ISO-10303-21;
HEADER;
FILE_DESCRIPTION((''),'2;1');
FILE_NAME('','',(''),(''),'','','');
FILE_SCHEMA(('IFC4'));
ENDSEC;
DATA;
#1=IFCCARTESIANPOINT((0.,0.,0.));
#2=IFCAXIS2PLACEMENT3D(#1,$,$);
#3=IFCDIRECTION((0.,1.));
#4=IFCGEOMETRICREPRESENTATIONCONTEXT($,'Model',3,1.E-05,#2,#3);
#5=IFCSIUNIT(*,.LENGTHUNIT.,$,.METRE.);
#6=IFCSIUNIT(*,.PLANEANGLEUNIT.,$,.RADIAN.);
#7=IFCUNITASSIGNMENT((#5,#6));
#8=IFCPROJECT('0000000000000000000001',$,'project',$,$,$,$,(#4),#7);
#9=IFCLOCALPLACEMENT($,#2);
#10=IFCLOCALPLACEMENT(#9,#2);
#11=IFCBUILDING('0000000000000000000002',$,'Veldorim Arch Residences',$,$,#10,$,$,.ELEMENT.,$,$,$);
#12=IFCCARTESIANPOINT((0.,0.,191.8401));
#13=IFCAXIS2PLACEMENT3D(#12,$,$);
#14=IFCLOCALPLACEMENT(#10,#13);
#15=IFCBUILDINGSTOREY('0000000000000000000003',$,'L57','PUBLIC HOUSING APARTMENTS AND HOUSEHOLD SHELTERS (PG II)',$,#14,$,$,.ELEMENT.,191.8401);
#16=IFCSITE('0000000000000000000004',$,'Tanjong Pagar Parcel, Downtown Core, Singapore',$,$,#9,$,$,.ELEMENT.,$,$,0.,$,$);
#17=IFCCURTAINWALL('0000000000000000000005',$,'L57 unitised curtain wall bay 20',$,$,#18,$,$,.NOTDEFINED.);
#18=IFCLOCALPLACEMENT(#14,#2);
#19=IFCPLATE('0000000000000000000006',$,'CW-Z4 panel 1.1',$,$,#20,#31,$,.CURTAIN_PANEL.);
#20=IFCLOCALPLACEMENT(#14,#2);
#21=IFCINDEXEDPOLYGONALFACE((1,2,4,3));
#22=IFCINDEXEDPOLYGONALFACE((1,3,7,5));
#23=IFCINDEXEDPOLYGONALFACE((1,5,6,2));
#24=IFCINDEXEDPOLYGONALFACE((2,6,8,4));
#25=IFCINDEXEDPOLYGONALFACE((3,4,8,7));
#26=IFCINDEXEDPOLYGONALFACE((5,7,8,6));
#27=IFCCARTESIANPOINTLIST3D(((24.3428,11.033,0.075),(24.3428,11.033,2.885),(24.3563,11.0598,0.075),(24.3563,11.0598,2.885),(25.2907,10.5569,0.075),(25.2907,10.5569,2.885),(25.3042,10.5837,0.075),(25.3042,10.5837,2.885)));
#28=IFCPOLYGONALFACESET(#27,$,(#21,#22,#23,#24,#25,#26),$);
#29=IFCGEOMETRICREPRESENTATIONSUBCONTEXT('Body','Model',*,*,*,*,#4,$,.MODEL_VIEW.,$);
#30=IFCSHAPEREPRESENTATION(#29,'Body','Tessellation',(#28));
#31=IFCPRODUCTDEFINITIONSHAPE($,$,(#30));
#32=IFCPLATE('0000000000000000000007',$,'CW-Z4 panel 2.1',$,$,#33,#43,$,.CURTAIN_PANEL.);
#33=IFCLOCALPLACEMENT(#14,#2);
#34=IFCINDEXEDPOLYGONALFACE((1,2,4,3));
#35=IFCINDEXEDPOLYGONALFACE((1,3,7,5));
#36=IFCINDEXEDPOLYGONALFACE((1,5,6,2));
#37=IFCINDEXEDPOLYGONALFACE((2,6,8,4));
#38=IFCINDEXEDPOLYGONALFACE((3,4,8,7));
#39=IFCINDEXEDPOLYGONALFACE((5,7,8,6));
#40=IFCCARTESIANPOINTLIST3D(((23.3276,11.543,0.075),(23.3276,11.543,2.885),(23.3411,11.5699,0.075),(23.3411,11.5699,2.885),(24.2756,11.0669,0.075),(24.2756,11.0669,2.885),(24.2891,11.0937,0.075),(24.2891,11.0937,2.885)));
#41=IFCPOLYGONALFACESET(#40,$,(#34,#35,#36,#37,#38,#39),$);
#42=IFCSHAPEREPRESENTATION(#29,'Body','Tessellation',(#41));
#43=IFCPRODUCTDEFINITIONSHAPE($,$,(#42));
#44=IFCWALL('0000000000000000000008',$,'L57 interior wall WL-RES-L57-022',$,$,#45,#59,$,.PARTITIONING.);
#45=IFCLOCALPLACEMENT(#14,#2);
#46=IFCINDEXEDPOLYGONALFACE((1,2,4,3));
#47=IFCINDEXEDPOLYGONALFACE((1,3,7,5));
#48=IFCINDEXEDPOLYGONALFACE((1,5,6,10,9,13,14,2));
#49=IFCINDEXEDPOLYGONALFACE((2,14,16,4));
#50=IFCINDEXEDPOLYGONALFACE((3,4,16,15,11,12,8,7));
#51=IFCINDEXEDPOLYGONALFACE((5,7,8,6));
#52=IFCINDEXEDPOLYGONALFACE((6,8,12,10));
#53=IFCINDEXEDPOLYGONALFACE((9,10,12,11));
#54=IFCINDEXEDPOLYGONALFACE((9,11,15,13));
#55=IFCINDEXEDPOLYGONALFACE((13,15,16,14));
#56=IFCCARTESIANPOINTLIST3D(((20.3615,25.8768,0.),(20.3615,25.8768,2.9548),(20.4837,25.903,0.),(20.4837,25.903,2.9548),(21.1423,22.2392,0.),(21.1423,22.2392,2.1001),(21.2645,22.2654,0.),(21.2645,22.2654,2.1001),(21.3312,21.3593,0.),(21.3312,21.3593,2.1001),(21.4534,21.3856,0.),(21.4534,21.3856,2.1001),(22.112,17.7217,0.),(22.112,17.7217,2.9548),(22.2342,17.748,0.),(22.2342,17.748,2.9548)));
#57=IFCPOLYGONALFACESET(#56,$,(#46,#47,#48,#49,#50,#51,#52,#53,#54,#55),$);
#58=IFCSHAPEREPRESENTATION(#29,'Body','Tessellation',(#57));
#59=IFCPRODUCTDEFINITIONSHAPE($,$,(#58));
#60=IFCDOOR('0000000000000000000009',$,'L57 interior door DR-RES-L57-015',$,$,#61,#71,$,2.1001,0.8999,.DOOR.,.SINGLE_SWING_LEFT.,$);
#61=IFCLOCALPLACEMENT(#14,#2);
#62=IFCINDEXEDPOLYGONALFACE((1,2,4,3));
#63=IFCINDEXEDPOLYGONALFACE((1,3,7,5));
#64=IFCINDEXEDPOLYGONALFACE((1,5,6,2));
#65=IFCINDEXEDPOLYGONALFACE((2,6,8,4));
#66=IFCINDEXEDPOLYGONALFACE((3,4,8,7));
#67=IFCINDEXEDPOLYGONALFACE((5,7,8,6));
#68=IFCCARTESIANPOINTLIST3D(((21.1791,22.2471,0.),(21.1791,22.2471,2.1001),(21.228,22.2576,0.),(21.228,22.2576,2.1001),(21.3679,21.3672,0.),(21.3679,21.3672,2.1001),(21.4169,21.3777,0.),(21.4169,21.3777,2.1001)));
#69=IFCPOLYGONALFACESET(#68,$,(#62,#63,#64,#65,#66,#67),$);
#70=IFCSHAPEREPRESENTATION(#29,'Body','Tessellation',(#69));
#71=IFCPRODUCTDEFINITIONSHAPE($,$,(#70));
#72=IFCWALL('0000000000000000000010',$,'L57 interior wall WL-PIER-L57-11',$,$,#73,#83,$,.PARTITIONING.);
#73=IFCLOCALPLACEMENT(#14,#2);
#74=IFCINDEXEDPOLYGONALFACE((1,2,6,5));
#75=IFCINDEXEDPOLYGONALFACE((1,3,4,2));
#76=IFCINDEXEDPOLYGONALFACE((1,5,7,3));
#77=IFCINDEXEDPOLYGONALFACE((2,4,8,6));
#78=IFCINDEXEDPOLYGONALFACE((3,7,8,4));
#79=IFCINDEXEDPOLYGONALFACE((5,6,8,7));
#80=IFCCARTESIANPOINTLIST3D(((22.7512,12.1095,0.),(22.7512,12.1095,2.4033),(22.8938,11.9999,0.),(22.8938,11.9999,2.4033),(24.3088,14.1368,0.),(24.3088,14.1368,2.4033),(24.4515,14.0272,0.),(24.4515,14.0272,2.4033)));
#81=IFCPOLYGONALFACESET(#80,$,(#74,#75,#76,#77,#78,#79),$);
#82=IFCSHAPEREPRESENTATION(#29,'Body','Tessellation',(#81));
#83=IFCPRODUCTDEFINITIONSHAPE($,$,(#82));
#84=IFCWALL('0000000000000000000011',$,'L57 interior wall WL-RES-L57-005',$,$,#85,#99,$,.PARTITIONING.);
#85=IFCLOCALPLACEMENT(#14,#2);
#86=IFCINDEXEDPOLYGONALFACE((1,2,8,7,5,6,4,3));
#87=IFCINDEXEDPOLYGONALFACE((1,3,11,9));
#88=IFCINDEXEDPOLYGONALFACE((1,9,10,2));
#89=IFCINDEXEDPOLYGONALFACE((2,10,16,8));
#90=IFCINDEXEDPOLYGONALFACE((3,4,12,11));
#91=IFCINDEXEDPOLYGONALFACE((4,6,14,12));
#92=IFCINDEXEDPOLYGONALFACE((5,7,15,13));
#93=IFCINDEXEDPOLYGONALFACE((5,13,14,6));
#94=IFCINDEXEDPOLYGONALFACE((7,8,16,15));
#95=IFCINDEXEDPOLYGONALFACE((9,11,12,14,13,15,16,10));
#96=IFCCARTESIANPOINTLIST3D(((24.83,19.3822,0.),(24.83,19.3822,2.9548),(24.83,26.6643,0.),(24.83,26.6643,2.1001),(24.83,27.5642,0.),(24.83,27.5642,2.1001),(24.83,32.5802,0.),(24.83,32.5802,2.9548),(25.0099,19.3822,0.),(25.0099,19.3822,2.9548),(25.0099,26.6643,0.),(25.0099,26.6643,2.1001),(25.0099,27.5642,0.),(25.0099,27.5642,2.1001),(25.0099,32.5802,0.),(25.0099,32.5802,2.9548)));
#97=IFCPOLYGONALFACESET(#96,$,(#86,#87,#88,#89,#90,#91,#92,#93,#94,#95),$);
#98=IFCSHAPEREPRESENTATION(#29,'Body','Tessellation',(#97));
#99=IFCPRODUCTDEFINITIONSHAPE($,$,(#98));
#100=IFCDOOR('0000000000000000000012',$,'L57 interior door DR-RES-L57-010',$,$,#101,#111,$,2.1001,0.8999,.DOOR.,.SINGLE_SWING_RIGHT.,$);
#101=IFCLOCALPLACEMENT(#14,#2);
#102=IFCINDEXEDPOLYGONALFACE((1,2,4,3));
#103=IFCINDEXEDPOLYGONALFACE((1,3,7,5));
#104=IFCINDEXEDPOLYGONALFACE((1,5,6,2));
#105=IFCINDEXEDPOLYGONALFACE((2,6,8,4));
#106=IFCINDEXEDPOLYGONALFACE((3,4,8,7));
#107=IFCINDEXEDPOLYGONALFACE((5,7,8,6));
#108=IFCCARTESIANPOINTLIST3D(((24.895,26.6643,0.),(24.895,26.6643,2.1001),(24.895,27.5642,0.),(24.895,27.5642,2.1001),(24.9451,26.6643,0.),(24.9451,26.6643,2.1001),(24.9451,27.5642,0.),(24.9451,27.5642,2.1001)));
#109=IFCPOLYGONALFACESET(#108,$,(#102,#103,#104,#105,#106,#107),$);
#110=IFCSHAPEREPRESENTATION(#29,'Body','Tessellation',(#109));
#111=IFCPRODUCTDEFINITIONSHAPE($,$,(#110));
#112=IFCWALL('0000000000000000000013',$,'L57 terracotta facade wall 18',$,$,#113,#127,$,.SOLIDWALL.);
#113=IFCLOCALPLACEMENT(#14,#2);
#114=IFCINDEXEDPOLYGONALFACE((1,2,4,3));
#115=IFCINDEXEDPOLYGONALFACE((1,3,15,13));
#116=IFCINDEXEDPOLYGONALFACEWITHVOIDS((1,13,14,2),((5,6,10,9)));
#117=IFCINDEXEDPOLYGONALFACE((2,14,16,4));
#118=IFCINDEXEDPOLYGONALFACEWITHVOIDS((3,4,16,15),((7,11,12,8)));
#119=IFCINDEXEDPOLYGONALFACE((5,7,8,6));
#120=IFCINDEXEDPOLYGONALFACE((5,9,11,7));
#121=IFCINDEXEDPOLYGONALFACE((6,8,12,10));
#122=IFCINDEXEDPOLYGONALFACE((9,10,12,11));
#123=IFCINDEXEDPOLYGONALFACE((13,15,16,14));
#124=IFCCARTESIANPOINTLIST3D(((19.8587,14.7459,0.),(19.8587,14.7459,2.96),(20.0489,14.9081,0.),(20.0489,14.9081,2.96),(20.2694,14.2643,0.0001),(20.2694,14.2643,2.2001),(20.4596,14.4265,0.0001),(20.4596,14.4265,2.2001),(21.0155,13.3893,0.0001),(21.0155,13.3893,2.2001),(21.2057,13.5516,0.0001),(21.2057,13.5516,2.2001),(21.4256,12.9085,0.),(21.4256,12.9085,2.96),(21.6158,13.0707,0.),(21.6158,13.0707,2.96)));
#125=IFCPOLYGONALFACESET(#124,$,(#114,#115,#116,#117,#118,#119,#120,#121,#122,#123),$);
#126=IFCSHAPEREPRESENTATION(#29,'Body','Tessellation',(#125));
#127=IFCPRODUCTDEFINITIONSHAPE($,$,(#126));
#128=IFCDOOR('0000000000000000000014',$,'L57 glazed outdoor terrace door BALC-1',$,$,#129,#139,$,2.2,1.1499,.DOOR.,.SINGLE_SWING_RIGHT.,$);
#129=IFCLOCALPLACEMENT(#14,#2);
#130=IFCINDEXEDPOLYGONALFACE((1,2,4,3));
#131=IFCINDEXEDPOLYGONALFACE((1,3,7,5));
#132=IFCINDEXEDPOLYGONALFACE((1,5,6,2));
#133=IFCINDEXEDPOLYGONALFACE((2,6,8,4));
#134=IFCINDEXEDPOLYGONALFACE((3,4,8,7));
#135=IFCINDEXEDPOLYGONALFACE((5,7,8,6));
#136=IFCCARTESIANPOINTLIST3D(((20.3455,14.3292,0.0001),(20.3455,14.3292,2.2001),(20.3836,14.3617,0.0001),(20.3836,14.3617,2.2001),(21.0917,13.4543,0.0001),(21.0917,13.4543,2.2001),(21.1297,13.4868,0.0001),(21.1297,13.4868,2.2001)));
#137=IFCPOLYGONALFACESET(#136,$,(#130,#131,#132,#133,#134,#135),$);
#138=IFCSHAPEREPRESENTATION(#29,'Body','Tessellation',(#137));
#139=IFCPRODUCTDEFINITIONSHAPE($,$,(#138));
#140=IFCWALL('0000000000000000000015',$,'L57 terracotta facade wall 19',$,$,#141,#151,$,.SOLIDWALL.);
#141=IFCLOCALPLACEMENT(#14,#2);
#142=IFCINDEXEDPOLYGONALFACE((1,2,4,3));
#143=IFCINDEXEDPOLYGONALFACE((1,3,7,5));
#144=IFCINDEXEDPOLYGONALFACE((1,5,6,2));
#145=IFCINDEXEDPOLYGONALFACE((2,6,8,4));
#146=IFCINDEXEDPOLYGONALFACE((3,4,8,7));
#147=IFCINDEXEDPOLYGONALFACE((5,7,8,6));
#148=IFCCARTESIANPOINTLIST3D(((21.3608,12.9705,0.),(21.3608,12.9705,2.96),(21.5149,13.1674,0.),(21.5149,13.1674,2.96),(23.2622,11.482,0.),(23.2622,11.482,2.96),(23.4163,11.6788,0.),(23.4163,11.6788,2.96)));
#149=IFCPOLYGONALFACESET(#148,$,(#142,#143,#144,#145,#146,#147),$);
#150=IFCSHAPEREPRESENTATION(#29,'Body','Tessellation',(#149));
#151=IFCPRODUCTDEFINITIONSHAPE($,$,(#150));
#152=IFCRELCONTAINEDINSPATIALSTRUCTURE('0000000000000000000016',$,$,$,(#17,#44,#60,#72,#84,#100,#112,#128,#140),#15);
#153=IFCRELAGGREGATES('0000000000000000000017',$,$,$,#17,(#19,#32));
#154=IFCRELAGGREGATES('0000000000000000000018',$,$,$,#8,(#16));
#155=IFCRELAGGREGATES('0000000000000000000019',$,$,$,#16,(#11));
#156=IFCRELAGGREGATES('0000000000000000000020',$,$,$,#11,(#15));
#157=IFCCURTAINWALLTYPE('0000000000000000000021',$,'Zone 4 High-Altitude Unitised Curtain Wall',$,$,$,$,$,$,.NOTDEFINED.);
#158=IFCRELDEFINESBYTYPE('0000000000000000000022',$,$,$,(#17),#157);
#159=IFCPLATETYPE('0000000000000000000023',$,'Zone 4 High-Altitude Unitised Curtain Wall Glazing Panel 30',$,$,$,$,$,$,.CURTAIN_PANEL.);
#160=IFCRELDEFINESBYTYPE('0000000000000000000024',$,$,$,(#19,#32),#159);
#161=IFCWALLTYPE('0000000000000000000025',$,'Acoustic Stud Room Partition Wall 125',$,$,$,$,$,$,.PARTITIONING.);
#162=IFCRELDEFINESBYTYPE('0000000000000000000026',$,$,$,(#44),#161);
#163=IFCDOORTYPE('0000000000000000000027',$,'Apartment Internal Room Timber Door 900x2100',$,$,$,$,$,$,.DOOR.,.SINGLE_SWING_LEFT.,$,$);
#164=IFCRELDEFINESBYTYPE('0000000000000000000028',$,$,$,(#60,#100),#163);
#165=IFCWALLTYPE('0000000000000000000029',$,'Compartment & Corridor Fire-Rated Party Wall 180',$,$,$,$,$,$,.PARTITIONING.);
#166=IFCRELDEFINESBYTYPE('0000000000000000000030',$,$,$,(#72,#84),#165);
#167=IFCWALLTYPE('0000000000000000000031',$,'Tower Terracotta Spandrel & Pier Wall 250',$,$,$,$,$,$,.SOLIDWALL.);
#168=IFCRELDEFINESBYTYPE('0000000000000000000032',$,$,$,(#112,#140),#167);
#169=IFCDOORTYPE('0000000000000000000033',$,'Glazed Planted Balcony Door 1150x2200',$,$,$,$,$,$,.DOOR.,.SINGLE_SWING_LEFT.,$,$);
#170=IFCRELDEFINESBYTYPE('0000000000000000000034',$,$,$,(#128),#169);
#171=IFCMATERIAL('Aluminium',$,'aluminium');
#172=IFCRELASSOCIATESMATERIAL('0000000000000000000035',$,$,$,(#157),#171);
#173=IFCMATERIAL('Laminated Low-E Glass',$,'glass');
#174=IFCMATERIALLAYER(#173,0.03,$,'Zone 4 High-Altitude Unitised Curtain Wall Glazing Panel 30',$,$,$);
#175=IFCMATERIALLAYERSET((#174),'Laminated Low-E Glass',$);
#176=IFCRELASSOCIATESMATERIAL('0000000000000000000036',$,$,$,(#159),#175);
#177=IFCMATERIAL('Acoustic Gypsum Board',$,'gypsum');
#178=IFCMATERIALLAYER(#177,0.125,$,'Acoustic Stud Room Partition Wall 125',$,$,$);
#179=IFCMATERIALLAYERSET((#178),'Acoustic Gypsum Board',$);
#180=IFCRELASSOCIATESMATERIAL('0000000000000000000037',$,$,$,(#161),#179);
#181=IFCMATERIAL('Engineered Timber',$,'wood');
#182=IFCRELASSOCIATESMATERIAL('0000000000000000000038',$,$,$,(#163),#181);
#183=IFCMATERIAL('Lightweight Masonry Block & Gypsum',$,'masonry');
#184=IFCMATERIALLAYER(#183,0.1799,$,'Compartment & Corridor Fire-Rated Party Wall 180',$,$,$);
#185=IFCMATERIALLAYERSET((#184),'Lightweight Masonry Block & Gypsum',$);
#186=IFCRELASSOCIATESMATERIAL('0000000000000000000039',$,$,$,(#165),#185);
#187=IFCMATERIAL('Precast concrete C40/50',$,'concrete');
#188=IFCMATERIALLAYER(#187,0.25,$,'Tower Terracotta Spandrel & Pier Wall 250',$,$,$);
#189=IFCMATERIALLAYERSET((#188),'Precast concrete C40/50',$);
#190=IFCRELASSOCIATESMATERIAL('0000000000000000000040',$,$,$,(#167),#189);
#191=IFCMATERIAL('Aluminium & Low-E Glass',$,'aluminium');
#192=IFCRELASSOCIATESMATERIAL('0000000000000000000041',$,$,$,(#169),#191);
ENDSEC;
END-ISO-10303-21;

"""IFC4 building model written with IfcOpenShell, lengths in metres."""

from ifc_helpers import new_model, si_unit, direction, frame, frame_2d, origin, origin_2d, place, context, subcontext, project, spatial, rectangle, extrude, material, layer, layer_set, type_object, element, fill, aggregate, save


model = new_model("IFC4")

# Units and contexts
model_context = context("Model", 3, precision=1e-05, world=origin(), true_north=direction((0.0, 1.0)))
body_context = subcontext(model_context, "Body", "Model", "MODEL_VIEW")
ifc_project = project(units=[si_unit("LENGTHUNIT", "METRE"), si_unit("PLANEANGLEUNIT", "RADIAN")], contexts=[model_context])

# Site, building, storey
site_placement = place(None, origin())
site = spatial("IfcSite", under=ifc_project, at=site_placement, Name="Tanjong Pagar Parcel, Downtown Core, Singapore", CompositionType="ELEMENT", RefElevation=0.0)
building_placement = place(site_placement, origin())
building = spatial("IfcBuilding", under=site, at=building_placement, Name="Veldorim Arch Residences", CompositionType="ELEMENT")
storey_placement = place(building_placement, frame((0.0, 0.0, 191.8401)))
storey = spatial("IfcBuildingStorey", under=building, at=storey_placement, Name="L57", Description="PUBLIC HOUSING APARTMENTS AND HOUSEHOLD SHELTERS (PG II)", CompositionType="ELEMENT", Elevation=191.8401)

# Curtain wall, plates
ifc_material_1 = material(Name="Aluminium", Category="aluminium")
curtain_wall_type = type_object("IfcCurtainWallType", Name="Zone 4 High-Altitude Unitised Curtain Wall", PredefinedType="NOTDEFINED", material=ifc_material_1)
curtain_wall_placement = place(storey_placement, origin())
curtain_wall = element("IfcCurtainWall", 1, at=curtain_wall_placement, inside=storey, type_object=curtain_wall_type, Name="L57 unitised curtain wall bay 20", PredefinedType="NOTDEFINED")
ifc_material_2 = material(Name="Laminated Low-E Glass", Category="glass")
ifc_layer_1 = layer(ifc_material_2, 0.03, Name="Zone 4 High-Altitude Unitised Curtain Wall Glazing Panel 30")
ifc_layer_set_1 = layer_set([ifc_layer_1], Name="Laminated Low-E Glass")
plate_type = type_object("IfcPlateType", Name="Zone 4 High-Altitude Unitised Curtain Wall Glazing Panel 30", PredefinedType="CURTAIN_PANEL", material=ifc_layer_set_1)
plate_1_placement = place(storey_placement, frame((24.8235, 10.8083, 0.075), z_axis=(0.0, 0.0, 1.0), x_axis=(-0.893599, 0.448866, 0.0)))
plate_1 = element("IfcPlate", 2, at=plate_1_placement, type_object=plate_type, Name="CW-Z4 panel 1.1", PredefinedType="CURTAIN_PANEL", context=body_context, shape_type="SweptSolid", body=[
    extrude(rectangle(XDim=1.0608, YDim=0.03, at=origin_2d()), origin(), (0.0, 0.0, 1.0), 2.8101),
])
plate_2_placement = place(storey_placement, frame((23.8083, 11.3184, 0.075), z_axis=(0.0, 0.0, 1.0), x_axis=(-0.893599, 0.448866, 0.0)))
plate_2 = element("IfcPlate", 3, at=plate_2_placement, type_object=plate_type, Name="CW-Z4 panel 2.1", PredefinedType="CURTAIN_PANEL", context=body_context, shape_type="SweptSolid", body=[
    extrude(rectangle(XDim=1.0608, YDim=0.03, at=origin_2d()), origin(), (0.0, 0.0, 1.0), 2.8101),
])
aggregate(curtain_wall, [plate_1, plate_2])

# Wall, opening, door
ifc_material_3 = material(Name="Acoustic Gypsum Board", Category="gypsum")
ifc_layer_2 = layer(ifc_material_3, 0.125, Name="Acoustic Stud Room Partition Wall 125")
ifc_layer_set_2 = layer_set([ifc_layer_2], Name="Acoustic Gypsum Board")
wall_type_1 = type_object("IfcWallType", Name="Acoustic Stud Room Partition Wall 125", PredefinedType="PARTITIONING", material=ifc_layer_set_2)
wall_1_placement = place(storey_placement, frame((22.1731, 17.7349, 0.0), z_axis=(0.0, 0.0, 1.0), x_axis=(-0.209871, 0.977729, 0.0)))
wall_1 = element("IfcWall", 4, at=wall_1_placement, inside=storey, type_object=wall_type_1, Name="L57 interior wall WL-RES-L57-022", PredefinedType="PARTITIONING", context=body_context, shape_type="SweptSolid", body=[
    extrude(rectangle(XDim=8.3408, YDim=0.125, at=frame_2d((4.1704, 0.0))), origin(), (0.0, 0.0, 1.0), 2.9548),
])
opening_1_placement = place(wall_1_placement, frame((3.7205, 0.0, 0.0)))
opening_1 = element("IfcOpeningElement", 5, at=opening_1_placement, cuts=wall_1, PredefinedType="OPENING", context=body_context, shape_type="SweptSolid", body=[
    extrude(rectangle(XDim=0.8999, YDim=2.1001, at=frame_2d((0.45, 1.05))), frame((0.0, 0.0725, 0.0), z_axis=(0.0, -1.0, 0.0), x_axis=(1.0, 0.0, 0.0)), (0.0, 0.0, 1.0), 0.145),
])
ifc_material_4 = material(Name="Engineered Timber", Category="wood")
door_type_1 = type_object("IfcDoorType", Name="Apartment Internal Room Timber Door 900x2100", OperationType="SINGLE_SWING_LEFT", PredefinedType="DOOR", material=ifc_material_4)
door_1_placement = place(opening_1_placement, origin())
door_1 = element("IfcDoor", 6, at=door_1_placement, inside=storey, type_object=door_type_1, Name="L57 interior door DR-RES-L57-015", OperationType="SINGLE_SWING_LEFT", OverallHeight=2.1001, OverallWidth=0.8999, PredefinedType="DOOR", context=body_context, shape_type="SweptSolid", body=[
    extrude(rectangle(XDim=0.8999, YDim=2.1001, at=frame_2d((0.45, 1.05))), frame((0.0, 0.0249, 0.0), z_axis=(0.0, -1.0, 0.0), x_axis=(1.0, 0.0, 0.0)), (0.0, 0.0, 1.0), 0.05),
])
fill(opening_1, door_1)

# Wall
ifc_material_5 = material(Name="Lightweight Masonry Block & Gypsum", Category="masonry")
ifc_layer_3 = layer(ifc_material_5, 0.1799, Name="Compartment & Corridor Fire-Rated Party Wall 180")
ifc_layer_set_3 = layer_set([ifc_layer_3], Name="Lightweight Masonry Block & Gypsum")
wall_type_2 = type_object("IfcWallType", Name="Compartment & Corridor Fire-Rated Party Wall 180", PredefinedType="PARTITIONING", material=ifc_layer_set_3)
wall_2_placement = place(storey_placement, frame((24.3801, 14.082, 0.0), z_axis=(0.0, 0.0, 1.0), x_axis=(-0.609249, -0.792979, 0.0)))
element("IfcWall", 7, at=wall_2_placement, inside=storey, type_object=wall_type_2, Name="L57 interior wall WL-PIER-L57-11", PredefinedType="PARTITIONING", context=body_context, shape_type="SweptSolid", body=[
    extrude(rectangle(XDim=2.5566, YDim=0.1799, at=frame_2d((1.2783, 0.0))), origin(), (0.0, 0.0, 1.0), 2.4033),
])

# Walls, openings, doors
wall_3_placement = place(storey_placement, frame((24.9199, 19.3821, 0.0), z_axis=(0.0, 0.0, 1.0), x_axis=(0.0, 1.0, 0.0)))
wall_3 = element("IfcWall", 8, at=wall_3_placement, inside=storey, type_object=wall_type_2, Name="L57 interior wall WL-RES-L57-005", PredefinedType="PARTITIONING", context=body_context, shape_type="SweptSolid", body=[
    extrude(rectangle(XDim=13.198, YDim=0.1799, at=frame_2d((6.5991, 0.0))), origin(), (0.0, 0.0, 1.0), 2.9548),
])
opening_2_placement = place(wall_3_placement, frame((7.2822, 0.0, 0.0)))
opening_2 = element("IfcOpeningElement", 9, at=opening_2_placement, cuts=wall_3, PredefinedType="OPENING", context=body_context, shape_type="SweptSolid", body=[
    extrude(rectangle(XDim=0.8999, YDim=2.1001, at=frame_2d((0.45, 1.05))), frame((0.0, 0.0999, 0.0), z_axis=(0.0, -1.0, 0.0), x_axis=(1.0, 0.0, 0.0)), (0.0, 0.0, 1.0), 0.2),
])
door_2_placement = place(opening_2_placement, origin())
door_2 = element("IfcDoor", 10, at=door_2_placement, inside=storey, type_object=door_type_1, Name="L57 interior door DR-RES-L57-010", OperationType="SINGLE_SWING_RIGHT", OverallHeight=2.1001, OverallWidth=0.8999, PredefinedType="DOOR", context=body_context, shape_type="SweptSolid", body=[
    extrude(rectangle(XDim=0.8999, YDim=2.1001, at=frame_2d((0.45, 1.05))), frame((0.0, 0.0249, 0.0), z_axis=(0.0, -1.0, 0.0), x_axis=(1.0, 0.0, 0.0)), (0.0, 0.0, 1.0), 0.05),
])
fill(opening_2, door_2)
ifc_material_6 = material(Name="Precast concrete C40/50", Category="concrete")
ifc_layer_4 = layer(ifc_material_6, 0.25, Name="Tower Terracotta Spandrel & Pier Wall 250")
ifc_layer_set_4 = layer_set([ifc_layer_4], Name="Precast concrete C40/50")
wall_type_3 = type_object("IfcWallType", Name="Tower Terracotta Spandrel & Pier Wall 250", PredefinedType="SOLIDWALL", material=ifc_layer_set_4)
wall_4_placement = place(storey_placement, frame((21.5208, 12.9895, 0.0), z_axis=(0.0, 0.0, 1.0), x_axis=(-0.648874, 0.760896, 0.0)))
wall_4 = element("IfcWall", 11, at=wall_4_placement, inside=storey, type_object=wall_type_3, Name="L57 terracotta facade wall 18", PredefinedType="SOLIDWALL", context=body_context, shape_type="SweptSolid", body=[
    extrude(rectangle(XDim=2.4148, YDim=0.25, at=frame_2d((1.2075, 0.0))), origin(), (0.0, 0.0, 1.0), 2.96),
])
opening_3_placement = place(wall_4_placement, frame((0.6321, 0.0, 0.0)))
opening_3 = element("IfcOpeningElement", 12, at=opening_3_placement, cuts=wall_4, PredefinedType="OPENING", context=body_context, shape_type="SweptSolid", body=[
    extrude(rectangle(XDim=1.1499, YDim=2.2, at=frame_2d((0.575, 1.1001))), frame((0.0, 0.135, 0.0), z_axis=(0.0, -1.0, 0.0), x_axis=(1.0, 0.0, 0.0)), (0.0, 0.0, 1.0), 0.27),
])
ifc_material_7 = material(Name="Aluminium & Low-E Glass", Category="aluminium")
door_type_2 = type_object("IfcDoorType", Name="Glazed Planted Balcony Door 1150x2200", OperationType="SINGLE_SWING_LEFT", PredefinedType="DOOR", material=ifc_material_7)
door_3_placement = place(opening_3_placement, origin())
door_3 = element("IfcDoor", 13, at=door_3_placement, inside=storey, type_object=door_type_2, Name="L57 glazed outdoor terrace door BALC-1", OperationType="SINGLE_SWING_RIGHT", OverallHeight=2.2, OverallWidth=1.1499, PredefinedType="DOOR", context=body_context, shape_type="SweptSolid", body=[
    extrude(rectangle(XDim=1.1499, YDim=2.2, at=frame_2d((0.575, 1.1001))), frame((0.0, 0.0249, 0.0), z_axis=(0.0, -1.0, 0.0), x_axis=(1.0, 0.0, 0.0)), (0.0, 0.0, 1.0), 0.05),
])
fill(opening_3, door_3)

# Wall
wall_5_placement = place(storey_placement, frame((23.3394, 11.5803, 0.0), z_axis=(0.0, 0.0, 1.0), x_axis=(-0.787405, 0.616436, 0.0)))
element("IfcWall", 14, at=wall_5_placement, inside=storey, type_object=wall_type_3, Name="L57 terracotta facade wall 19", PredefinedType="SOLIDWALL", context=body_context, shape_type="SweptSolid", body=[
    extrude(rectangle(XDim=2.4148, YDim=0.25, at=frame_2d((1.2075, 0.0))), origin(), (0.0, 0.0, 1.0), 2.96),
])

save(model, "model.ifc")
